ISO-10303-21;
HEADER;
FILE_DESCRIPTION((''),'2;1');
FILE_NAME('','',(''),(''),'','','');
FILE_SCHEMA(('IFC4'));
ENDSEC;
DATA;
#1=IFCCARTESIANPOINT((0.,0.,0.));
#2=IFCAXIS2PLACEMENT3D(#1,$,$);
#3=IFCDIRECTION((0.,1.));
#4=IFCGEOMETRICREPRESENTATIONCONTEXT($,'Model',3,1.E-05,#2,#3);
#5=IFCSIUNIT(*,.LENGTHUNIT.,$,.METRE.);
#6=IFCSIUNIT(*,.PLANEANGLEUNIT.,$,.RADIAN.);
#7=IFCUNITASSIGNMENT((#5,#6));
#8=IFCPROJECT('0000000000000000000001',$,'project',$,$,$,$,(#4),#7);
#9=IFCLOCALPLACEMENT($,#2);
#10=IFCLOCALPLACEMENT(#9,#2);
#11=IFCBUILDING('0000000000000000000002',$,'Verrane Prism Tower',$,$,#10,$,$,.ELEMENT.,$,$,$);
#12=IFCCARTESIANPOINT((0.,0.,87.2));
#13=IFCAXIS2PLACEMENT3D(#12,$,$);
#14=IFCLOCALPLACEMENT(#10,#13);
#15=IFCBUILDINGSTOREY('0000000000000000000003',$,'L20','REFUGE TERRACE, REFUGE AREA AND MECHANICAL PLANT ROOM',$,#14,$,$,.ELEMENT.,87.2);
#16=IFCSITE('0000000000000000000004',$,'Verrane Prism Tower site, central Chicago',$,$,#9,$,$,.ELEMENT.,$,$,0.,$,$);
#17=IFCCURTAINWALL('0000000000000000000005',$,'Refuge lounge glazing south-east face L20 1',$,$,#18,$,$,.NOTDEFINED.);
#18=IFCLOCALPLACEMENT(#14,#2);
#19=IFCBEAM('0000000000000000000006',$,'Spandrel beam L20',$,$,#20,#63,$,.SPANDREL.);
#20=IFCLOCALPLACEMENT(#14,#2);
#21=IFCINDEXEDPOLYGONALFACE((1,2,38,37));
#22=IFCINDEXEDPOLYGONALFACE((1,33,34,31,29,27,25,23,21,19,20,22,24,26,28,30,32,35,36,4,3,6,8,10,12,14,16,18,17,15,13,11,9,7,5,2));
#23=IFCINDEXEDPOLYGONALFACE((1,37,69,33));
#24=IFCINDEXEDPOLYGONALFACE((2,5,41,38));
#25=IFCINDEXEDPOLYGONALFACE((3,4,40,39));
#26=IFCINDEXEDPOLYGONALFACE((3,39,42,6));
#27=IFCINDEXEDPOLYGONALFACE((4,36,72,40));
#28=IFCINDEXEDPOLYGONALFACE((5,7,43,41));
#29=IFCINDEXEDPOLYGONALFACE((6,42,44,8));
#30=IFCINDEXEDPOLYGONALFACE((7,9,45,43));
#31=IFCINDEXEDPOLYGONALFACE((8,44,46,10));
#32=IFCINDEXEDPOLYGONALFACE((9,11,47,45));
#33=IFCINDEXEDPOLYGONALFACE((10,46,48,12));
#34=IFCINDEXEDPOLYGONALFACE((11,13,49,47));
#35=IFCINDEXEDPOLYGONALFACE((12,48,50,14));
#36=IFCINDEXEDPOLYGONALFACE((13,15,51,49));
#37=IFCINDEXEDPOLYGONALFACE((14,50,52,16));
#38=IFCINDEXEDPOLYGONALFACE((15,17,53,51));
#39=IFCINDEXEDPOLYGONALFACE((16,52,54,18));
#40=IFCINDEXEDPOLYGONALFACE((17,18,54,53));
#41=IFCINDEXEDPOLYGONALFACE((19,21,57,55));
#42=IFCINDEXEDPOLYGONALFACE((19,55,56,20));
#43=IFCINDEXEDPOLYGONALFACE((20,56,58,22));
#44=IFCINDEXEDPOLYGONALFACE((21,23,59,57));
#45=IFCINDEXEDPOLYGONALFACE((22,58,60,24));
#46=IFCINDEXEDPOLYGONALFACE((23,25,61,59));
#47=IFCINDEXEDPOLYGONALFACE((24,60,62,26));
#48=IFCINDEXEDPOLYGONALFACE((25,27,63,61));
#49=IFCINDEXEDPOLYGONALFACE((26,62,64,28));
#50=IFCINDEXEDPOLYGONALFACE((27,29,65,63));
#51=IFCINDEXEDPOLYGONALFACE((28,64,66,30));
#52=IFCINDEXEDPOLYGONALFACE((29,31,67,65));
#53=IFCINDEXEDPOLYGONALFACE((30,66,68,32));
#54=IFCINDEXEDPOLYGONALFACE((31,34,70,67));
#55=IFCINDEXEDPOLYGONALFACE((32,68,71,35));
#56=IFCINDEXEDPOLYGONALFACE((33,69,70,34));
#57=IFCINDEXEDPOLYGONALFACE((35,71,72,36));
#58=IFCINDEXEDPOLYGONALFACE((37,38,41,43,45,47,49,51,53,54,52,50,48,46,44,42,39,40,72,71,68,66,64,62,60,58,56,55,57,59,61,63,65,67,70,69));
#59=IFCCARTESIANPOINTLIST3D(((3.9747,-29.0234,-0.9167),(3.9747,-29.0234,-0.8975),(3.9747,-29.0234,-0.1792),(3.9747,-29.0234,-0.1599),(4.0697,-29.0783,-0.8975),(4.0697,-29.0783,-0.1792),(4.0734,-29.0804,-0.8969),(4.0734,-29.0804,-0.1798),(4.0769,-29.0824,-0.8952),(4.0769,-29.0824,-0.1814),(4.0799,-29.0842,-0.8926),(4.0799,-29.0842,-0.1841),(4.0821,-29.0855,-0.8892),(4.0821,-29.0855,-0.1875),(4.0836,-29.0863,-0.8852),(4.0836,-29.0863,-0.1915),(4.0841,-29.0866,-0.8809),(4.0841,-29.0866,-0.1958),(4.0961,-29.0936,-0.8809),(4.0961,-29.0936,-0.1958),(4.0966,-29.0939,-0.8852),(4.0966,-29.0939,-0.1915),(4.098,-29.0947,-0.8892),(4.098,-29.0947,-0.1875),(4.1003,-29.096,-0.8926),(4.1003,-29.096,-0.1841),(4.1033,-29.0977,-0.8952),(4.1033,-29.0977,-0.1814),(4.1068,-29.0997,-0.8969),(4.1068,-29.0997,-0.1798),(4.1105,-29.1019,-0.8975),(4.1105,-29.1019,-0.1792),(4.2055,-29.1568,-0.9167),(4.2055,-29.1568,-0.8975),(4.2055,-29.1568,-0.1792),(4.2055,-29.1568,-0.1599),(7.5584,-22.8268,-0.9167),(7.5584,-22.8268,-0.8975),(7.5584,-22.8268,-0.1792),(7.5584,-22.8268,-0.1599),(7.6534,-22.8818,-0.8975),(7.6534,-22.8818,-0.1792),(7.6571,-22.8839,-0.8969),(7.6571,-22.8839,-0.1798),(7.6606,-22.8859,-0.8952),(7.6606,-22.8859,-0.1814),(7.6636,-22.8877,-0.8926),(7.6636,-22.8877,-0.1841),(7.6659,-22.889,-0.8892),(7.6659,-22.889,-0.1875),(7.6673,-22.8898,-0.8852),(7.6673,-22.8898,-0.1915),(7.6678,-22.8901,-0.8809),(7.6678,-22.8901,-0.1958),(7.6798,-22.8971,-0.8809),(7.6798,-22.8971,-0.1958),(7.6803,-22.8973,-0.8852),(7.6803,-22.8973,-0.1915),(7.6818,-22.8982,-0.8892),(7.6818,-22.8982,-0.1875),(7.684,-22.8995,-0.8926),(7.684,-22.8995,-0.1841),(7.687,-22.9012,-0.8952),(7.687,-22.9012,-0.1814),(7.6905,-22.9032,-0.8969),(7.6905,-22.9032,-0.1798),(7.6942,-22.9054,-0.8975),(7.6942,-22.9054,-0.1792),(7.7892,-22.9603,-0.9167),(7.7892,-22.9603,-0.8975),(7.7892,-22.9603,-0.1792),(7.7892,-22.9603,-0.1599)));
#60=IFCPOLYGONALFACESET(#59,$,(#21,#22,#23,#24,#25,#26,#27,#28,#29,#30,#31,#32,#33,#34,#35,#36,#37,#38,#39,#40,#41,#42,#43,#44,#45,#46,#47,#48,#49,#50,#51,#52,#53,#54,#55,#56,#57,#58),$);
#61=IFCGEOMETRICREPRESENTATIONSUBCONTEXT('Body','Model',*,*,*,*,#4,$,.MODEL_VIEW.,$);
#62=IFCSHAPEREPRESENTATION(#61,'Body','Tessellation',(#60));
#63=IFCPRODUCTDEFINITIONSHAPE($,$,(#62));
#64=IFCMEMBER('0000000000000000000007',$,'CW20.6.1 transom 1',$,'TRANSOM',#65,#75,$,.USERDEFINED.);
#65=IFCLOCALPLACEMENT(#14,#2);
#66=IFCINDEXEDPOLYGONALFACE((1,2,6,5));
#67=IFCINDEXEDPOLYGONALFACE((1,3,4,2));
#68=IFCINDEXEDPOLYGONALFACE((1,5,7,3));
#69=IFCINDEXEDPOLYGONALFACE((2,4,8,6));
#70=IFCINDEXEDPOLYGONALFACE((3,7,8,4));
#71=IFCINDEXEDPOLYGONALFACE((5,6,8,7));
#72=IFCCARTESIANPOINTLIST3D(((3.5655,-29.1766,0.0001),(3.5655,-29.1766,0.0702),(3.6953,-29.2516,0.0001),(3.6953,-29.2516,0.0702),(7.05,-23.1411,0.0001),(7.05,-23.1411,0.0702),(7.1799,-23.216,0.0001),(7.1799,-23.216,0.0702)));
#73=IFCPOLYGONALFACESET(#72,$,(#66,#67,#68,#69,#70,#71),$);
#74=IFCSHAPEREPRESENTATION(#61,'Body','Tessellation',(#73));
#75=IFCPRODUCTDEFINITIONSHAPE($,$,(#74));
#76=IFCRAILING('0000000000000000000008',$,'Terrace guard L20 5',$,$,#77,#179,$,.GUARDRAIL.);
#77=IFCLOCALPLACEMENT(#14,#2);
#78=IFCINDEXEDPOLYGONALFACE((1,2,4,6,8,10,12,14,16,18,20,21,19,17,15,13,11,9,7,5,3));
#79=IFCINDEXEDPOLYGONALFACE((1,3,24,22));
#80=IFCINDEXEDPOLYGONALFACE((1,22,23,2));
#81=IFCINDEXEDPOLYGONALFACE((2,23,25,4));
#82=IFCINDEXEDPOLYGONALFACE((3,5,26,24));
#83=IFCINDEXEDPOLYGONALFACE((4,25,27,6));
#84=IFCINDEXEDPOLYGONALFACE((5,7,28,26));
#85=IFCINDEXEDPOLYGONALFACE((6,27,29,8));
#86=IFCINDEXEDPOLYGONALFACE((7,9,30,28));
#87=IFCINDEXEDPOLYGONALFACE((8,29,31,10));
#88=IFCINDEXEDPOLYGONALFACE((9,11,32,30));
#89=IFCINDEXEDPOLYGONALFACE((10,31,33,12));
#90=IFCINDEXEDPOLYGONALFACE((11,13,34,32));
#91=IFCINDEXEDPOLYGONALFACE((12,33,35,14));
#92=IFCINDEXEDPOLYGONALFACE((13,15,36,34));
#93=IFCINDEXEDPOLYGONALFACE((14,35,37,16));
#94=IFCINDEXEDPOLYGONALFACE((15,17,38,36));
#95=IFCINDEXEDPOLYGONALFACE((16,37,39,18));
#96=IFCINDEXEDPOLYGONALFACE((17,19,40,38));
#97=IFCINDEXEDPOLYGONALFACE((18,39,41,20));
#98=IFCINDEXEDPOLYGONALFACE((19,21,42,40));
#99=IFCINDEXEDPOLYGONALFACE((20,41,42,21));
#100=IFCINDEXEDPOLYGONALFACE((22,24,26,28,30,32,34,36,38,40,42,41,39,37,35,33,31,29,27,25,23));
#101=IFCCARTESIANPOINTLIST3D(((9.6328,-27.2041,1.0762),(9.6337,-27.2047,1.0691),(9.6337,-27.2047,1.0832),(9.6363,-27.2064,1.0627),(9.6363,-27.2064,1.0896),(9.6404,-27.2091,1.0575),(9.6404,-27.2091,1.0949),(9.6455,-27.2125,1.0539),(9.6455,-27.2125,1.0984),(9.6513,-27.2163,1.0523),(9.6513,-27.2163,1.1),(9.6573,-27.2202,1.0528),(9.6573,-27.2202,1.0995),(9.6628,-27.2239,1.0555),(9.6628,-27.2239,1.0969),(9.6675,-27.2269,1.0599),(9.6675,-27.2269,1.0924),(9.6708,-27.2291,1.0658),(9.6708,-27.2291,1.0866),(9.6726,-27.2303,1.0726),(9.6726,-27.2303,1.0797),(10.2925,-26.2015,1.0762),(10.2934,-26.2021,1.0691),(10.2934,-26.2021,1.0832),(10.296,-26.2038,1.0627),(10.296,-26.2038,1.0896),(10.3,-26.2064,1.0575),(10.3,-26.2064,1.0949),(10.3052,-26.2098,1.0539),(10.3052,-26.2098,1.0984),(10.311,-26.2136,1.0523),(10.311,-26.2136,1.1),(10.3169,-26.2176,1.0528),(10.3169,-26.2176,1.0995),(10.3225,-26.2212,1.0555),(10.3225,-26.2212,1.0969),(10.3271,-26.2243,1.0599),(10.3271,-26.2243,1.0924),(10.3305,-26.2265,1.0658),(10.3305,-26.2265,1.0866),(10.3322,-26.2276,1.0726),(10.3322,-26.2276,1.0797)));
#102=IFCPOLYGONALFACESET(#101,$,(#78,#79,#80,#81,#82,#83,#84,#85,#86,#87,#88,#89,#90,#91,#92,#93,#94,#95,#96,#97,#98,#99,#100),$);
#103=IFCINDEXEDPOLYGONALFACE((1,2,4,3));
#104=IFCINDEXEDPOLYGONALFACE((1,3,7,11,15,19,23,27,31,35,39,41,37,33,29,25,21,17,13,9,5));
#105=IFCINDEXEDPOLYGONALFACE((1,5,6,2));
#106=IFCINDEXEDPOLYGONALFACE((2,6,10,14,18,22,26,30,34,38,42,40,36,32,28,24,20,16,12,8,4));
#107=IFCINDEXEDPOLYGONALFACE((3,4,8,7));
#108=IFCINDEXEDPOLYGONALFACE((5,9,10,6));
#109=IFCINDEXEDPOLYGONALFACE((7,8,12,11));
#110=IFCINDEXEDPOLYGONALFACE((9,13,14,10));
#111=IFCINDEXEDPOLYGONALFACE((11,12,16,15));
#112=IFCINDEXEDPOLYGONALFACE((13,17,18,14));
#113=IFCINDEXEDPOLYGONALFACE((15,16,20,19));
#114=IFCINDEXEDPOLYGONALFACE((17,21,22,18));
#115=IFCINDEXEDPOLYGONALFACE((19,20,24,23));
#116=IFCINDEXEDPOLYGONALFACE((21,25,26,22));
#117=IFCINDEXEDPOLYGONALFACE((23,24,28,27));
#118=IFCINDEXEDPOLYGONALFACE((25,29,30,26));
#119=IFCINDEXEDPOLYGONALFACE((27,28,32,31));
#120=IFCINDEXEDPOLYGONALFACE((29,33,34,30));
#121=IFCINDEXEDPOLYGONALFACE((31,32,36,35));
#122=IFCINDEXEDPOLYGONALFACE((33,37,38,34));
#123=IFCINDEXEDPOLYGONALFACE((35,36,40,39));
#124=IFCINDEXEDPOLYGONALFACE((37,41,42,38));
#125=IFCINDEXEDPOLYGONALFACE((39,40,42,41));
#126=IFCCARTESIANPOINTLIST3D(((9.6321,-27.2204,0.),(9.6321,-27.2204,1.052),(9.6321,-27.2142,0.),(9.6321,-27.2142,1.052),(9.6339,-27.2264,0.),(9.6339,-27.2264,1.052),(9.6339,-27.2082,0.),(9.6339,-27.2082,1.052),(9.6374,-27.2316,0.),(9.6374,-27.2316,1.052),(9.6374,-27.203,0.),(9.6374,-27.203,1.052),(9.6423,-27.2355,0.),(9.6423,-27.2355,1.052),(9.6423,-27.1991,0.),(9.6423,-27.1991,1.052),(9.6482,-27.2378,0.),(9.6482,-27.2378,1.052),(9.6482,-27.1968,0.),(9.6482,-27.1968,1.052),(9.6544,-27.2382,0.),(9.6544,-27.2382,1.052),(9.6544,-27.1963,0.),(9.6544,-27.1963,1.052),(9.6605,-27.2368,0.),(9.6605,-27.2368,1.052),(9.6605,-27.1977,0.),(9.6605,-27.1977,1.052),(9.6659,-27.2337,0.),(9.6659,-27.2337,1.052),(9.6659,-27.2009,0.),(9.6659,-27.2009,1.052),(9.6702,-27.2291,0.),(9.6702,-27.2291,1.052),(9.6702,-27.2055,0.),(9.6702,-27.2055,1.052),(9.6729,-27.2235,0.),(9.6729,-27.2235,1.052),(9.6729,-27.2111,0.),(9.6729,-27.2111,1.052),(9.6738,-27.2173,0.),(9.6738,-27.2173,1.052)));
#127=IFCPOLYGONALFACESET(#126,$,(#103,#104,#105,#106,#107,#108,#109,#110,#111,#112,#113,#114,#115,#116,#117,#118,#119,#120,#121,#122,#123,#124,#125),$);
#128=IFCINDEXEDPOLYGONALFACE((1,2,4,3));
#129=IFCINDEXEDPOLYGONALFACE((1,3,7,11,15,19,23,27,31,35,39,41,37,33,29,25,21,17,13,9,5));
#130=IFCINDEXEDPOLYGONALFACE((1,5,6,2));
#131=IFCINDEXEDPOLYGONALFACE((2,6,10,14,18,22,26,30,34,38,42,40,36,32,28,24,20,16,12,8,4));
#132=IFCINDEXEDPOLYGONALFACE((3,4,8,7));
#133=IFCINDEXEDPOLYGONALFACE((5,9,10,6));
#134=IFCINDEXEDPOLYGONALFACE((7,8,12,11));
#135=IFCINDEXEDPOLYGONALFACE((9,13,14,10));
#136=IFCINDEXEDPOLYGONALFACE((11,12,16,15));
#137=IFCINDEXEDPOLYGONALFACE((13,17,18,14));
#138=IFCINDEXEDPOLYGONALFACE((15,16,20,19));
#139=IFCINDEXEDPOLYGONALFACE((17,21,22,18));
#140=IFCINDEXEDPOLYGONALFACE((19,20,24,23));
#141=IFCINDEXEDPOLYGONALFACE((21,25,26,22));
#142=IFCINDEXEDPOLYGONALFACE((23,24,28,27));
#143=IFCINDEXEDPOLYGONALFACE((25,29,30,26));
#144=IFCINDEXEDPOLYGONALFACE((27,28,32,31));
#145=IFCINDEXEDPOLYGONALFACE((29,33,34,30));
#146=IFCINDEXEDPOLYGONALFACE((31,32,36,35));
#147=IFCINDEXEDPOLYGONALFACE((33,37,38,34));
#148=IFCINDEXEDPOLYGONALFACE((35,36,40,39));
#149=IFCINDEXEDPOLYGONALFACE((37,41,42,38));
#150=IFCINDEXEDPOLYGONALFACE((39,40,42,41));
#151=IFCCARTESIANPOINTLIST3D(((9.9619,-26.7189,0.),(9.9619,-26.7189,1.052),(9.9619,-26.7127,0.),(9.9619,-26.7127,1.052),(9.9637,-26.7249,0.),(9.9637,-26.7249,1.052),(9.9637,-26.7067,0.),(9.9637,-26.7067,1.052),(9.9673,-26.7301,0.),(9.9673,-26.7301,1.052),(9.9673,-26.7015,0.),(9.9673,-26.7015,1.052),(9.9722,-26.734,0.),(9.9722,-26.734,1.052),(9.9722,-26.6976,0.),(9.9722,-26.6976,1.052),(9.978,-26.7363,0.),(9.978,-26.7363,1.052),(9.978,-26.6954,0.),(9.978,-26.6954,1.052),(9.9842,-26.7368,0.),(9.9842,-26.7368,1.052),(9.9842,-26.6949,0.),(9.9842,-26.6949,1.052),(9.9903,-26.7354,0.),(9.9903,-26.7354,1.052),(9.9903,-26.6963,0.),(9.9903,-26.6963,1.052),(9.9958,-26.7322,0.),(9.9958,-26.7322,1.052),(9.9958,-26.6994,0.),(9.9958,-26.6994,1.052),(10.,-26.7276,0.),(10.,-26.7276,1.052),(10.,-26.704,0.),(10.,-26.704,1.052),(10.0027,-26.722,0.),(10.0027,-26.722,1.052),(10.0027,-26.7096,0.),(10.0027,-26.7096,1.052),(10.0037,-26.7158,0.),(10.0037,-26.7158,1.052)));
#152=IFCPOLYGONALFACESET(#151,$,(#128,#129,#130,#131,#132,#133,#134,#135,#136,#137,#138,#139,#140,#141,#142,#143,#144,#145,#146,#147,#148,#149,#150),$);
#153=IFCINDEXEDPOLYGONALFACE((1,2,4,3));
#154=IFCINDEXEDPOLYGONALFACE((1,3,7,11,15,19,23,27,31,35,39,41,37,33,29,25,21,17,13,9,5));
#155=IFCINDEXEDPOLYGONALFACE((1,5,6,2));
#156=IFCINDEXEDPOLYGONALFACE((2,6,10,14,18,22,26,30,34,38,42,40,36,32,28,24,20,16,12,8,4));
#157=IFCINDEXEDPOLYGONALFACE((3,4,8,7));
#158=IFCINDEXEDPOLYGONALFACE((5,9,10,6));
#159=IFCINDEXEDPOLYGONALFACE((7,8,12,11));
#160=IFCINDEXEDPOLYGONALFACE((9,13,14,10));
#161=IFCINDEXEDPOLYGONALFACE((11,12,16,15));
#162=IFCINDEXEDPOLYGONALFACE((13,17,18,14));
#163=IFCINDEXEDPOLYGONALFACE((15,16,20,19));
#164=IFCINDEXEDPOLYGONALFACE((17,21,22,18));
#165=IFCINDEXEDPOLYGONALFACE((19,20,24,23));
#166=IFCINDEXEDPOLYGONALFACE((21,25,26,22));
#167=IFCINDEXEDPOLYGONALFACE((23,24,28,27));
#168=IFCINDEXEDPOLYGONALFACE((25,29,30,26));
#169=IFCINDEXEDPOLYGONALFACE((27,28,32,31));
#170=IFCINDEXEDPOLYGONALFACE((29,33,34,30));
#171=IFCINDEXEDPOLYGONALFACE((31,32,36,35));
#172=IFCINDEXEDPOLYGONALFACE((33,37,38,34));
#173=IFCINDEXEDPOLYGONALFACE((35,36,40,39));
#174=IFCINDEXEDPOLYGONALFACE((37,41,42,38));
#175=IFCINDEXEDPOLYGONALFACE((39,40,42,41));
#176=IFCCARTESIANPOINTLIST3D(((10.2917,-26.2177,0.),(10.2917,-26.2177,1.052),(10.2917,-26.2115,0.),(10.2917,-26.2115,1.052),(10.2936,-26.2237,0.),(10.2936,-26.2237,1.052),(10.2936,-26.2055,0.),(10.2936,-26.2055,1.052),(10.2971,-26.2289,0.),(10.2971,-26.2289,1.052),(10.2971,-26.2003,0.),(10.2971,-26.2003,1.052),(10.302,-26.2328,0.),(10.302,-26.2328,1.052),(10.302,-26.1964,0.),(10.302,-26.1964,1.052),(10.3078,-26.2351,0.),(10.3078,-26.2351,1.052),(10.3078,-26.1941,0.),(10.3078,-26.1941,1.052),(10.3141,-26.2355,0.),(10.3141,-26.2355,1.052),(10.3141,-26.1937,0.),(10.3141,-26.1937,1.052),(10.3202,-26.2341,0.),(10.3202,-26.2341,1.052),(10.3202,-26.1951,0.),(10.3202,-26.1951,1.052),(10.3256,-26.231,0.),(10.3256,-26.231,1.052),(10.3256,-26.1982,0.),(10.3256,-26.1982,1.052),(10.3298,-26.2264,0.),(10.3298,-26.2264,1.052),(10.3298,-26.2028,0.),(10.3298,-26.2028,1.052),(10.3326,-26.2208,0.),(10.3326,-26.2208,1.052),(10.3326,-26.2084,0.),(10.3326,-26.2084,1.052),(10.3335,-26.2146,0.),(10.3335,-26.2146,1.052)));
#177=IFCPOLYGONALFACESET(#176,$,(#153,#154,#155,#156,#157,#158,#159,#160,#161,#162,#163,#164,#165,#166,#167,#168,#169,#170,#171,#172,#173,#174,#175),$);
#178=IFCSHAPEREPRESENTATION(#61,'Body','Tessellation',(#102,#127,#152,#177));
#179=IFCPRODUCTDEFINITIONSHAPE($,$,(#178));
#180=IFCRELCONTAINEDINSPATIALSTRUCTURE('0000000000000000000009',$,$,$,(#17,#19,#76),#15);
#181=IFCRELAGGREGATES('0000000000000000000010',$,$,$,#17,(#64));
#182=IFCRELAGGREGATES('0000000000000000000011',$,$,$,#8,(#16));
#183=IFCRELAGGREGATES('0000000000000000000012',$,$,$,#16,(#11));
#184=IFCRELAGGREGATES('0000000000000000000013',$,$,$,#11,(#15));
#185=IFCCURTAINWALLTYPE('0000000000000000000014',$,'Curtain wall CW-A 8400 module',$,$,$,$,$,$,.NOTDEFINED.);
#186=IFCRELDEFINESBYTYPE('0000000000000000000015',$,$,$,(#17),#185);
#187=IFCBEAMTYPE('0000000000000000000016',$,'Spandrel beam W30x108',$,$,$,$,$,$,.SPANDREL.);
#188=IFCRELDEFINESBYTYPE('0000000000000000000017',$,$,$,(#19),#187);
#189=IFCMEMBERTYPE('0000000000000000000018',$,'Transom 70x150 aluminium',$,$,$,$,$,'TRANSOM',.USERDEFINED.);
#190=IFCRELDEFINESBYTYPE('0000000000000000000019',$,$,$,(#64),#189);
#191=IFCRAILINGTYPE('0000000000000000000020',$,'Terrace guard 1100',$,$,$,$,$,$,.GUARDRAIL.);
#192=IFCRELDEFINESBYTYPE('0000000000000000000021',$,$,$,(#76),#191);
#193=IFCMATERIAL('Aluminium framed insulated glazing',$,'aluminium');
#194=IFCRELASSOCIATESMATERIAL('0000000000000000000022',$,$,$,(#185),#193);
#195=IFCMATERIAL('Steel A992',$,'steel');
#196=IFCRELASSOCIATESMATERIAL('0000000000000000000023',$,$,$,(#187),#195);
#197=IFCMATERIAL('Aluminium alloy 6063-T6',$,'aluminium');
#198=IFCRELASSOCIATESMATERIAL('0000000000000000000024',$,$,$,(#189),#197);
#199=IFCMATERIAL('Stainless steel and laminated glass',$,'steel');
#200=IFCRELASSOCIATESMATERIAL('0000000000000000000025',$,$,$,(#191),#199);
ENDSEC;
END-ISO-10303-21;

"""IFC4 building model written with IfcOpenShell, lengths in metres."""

from ifc_helpers import new_model, si_unit, direction, frame, origin, origin_2d, place, context, subcontext, project, spatial, rectangle, circle, i_section, extrude, material, material_profile, profile_set, type_object, element, aggregate, save


model = new_model("IFC4")

# Units and contexts
model_context = context("Model", 3, precision=1e-05, world=origin(), true_north=direction((0.0, 1.0)))
body_context = subcontext(model_context, "Body", "Model", "MODEL_VIEW")
ifc_project = project(units=[si_unit("LENGTHUNIT", "METRE"), si_unit("PLANEANGLEUNIT", "RADIAN")], contexts=[model_context])

# Site, building, storey
site_placement = place(None, origin())
site = spatial("IfcSite", under=ifc_project, at=site_placement, Name="Verrane Prism Tower site, central Chicago", CompositionType="ELEMENT", RefElevation=0.0)
building_placement = place(site_placement, origin())
building = spatial("IfcBuilding", under=site, at=building_placement, Name="Verrane Prism Tower", CompositionType="ELEMENT")
storey_placement = place(building_placement, frame((0.0, 0.0, 87.2)))
storey = spatial("IfcBuildingStorey", under=building, at=storey_placement, Name="L20", Description="REFUGE TERRACE, REFUGE AREA AND MECHANICAL PLANT ROOM", CompositionType="ELEMENT", Elevation=87.2)

# Curtain wall
ifc_material_1 = material(Name="Aluminium framed insulated glazing", Category="aluminium")
curtain_wall_type = type_object("IfcCurtainWallType", Name="Curtain wall CW-A 8400 module", PredefinedType="NOTDEFINED", material=ifc_material_1)
curtain_wall_placement = place(storey_placement, origin())
curtain_wall = element("IfcCurtainWall", 1, at=curtain_wall_placement, inside=storey, type_object=curtain_wall_type, Name="Refuge lounge glazing south-east face L20 1", PredefinedType="NOTDEFINED")

# Beam
ifc_material_2 = material(Name="Steel A992", Category="steel")
ifc_material_profile_1 = material_profile(ifc_material_2, i_section(OverallWidth=0.2666, OverallDepth=0.7568, WebThickness=0.0139, FlangeThickness=0.0193, FilletRadius=0.0166, at=origin_2d()), Name="W30x108")
ifc_profile_set_1 = profile_set([ifc_material_profile_1], Name="Steel A992")
beam_type_1 = type_object("IfcBeamType", Name="Spandrel beam W30x108", PredefinedType="SPANDREL", material=ifc_profile_set_1)
beam_1_placement = place(storey_placement, frame((4.0901, -29.0901, -0.5383), z_axis=(0.500646, 0.865652, 0.0), x_axis=(-0.865652, 0.500646, 0.0)))
element("IfcBeam", 2, at=beam_1_placement, inside=storey, type_object=beam_type_1, Name="Spandrel beam L20", PredefinedType="SPANDREL", context=body_context, shape_type="SweptSolid", body=[
    extrude(i_section(OverallWidth=0.2666, OverallDepth=0.7568, WebThickness=0.0139, FlangeThickness=0.0193, FilletRadius=0.0166, at=origin_2d()), origin(), (0.0, 0.0, 1.0), 7.1582),
])

# Member
ifc_material_3 = material(Name="Aluminium alloy 6063-T6", Category="aluminium")
ifc_material_profile_2 = material_profile(ifc_material_3, rectangle(XDim=0.1499, YDim=0.0701, at=origin_2d()), Name="Transom 70x150 aluminium")
ifc_profile_set_2 = profile_set([ifc_material_profile_2], Name="Aluminium alloy 6063-T6")
member_type_1 = type_object("IfcMemberType", Name="Transom 70x150 aluminium", ElementType="TRANSOM", PredefinedType="USERDEFINED", material=ifc_profile_set_2)
member_1_placement = place(storey_placement, frame((3.6304, -29.2141, 0.0352), z_axis=(0.499993, 0.866029, 0.0), x_axis=(-0.866029, 0.499993, 0.0)))
member_1 = element("IfcMember", 3, at=member_1_placement, type_object=member_type_1, Name="CW20.6.1 transom 1", ObjectType="TRANSOM", PredefinedType="USERDEFINED", context=body_context, shape_type="SweptSolid", body=[
    extrude(rectangle(XDim=0.1499, YDim=0.0701, at=origin_2d()), origin(), (0.0, 0.0, 1.0), 6.9692),
])
aggregate(curtain_wall, [member_1])

# Railing
ifc_material_4 = material(Name="Stainless steel and laminated glass", Category="steel")
railing_type = type_object("IfcRailingType", Name="Terrace guard 1100", PredefinedType="GUARDRAIL", material=ifc_material_4)
railing_placement = place(storey_placement, frame((9.6528, -27.2173, 0.0)))
element("IfcRailing", 4, at=railing_placement, inside=storey, type_object=railing_type, Name="Terrace guard L20 5", PredefinedType="GUARDRAIL", context=body_context, shape_type="SweptSolid", body=[
    extrude(circle(Radius=0.0239, at=origin_2d()), frame((0.0, 0.0, 1.0762), z_axis=(0.54962, 0.835415, 0.0), x_axis=(-0.835415, 0.54962, 0.0)), (0.0, 0.0, 1.0), 1.2002),
    extrude(circle(Radius=0.021, at=origin_2d()), origin(), (0.0, 0.0, 1.0), 1.052),
    extrude(circle(Radius=0.021, at=origin_2d()), frame((0.3298, 0.5015, 0.0)), (0.0, 0.0, 1.0), 1.052),
    extrude(circle(Radius=0.021, at=origin_2d()), frame((0.6597, 1.0027, 0.0)), (0.0, 0.0, 1.0), 1.052),
])

save(model, "model.ifc")
